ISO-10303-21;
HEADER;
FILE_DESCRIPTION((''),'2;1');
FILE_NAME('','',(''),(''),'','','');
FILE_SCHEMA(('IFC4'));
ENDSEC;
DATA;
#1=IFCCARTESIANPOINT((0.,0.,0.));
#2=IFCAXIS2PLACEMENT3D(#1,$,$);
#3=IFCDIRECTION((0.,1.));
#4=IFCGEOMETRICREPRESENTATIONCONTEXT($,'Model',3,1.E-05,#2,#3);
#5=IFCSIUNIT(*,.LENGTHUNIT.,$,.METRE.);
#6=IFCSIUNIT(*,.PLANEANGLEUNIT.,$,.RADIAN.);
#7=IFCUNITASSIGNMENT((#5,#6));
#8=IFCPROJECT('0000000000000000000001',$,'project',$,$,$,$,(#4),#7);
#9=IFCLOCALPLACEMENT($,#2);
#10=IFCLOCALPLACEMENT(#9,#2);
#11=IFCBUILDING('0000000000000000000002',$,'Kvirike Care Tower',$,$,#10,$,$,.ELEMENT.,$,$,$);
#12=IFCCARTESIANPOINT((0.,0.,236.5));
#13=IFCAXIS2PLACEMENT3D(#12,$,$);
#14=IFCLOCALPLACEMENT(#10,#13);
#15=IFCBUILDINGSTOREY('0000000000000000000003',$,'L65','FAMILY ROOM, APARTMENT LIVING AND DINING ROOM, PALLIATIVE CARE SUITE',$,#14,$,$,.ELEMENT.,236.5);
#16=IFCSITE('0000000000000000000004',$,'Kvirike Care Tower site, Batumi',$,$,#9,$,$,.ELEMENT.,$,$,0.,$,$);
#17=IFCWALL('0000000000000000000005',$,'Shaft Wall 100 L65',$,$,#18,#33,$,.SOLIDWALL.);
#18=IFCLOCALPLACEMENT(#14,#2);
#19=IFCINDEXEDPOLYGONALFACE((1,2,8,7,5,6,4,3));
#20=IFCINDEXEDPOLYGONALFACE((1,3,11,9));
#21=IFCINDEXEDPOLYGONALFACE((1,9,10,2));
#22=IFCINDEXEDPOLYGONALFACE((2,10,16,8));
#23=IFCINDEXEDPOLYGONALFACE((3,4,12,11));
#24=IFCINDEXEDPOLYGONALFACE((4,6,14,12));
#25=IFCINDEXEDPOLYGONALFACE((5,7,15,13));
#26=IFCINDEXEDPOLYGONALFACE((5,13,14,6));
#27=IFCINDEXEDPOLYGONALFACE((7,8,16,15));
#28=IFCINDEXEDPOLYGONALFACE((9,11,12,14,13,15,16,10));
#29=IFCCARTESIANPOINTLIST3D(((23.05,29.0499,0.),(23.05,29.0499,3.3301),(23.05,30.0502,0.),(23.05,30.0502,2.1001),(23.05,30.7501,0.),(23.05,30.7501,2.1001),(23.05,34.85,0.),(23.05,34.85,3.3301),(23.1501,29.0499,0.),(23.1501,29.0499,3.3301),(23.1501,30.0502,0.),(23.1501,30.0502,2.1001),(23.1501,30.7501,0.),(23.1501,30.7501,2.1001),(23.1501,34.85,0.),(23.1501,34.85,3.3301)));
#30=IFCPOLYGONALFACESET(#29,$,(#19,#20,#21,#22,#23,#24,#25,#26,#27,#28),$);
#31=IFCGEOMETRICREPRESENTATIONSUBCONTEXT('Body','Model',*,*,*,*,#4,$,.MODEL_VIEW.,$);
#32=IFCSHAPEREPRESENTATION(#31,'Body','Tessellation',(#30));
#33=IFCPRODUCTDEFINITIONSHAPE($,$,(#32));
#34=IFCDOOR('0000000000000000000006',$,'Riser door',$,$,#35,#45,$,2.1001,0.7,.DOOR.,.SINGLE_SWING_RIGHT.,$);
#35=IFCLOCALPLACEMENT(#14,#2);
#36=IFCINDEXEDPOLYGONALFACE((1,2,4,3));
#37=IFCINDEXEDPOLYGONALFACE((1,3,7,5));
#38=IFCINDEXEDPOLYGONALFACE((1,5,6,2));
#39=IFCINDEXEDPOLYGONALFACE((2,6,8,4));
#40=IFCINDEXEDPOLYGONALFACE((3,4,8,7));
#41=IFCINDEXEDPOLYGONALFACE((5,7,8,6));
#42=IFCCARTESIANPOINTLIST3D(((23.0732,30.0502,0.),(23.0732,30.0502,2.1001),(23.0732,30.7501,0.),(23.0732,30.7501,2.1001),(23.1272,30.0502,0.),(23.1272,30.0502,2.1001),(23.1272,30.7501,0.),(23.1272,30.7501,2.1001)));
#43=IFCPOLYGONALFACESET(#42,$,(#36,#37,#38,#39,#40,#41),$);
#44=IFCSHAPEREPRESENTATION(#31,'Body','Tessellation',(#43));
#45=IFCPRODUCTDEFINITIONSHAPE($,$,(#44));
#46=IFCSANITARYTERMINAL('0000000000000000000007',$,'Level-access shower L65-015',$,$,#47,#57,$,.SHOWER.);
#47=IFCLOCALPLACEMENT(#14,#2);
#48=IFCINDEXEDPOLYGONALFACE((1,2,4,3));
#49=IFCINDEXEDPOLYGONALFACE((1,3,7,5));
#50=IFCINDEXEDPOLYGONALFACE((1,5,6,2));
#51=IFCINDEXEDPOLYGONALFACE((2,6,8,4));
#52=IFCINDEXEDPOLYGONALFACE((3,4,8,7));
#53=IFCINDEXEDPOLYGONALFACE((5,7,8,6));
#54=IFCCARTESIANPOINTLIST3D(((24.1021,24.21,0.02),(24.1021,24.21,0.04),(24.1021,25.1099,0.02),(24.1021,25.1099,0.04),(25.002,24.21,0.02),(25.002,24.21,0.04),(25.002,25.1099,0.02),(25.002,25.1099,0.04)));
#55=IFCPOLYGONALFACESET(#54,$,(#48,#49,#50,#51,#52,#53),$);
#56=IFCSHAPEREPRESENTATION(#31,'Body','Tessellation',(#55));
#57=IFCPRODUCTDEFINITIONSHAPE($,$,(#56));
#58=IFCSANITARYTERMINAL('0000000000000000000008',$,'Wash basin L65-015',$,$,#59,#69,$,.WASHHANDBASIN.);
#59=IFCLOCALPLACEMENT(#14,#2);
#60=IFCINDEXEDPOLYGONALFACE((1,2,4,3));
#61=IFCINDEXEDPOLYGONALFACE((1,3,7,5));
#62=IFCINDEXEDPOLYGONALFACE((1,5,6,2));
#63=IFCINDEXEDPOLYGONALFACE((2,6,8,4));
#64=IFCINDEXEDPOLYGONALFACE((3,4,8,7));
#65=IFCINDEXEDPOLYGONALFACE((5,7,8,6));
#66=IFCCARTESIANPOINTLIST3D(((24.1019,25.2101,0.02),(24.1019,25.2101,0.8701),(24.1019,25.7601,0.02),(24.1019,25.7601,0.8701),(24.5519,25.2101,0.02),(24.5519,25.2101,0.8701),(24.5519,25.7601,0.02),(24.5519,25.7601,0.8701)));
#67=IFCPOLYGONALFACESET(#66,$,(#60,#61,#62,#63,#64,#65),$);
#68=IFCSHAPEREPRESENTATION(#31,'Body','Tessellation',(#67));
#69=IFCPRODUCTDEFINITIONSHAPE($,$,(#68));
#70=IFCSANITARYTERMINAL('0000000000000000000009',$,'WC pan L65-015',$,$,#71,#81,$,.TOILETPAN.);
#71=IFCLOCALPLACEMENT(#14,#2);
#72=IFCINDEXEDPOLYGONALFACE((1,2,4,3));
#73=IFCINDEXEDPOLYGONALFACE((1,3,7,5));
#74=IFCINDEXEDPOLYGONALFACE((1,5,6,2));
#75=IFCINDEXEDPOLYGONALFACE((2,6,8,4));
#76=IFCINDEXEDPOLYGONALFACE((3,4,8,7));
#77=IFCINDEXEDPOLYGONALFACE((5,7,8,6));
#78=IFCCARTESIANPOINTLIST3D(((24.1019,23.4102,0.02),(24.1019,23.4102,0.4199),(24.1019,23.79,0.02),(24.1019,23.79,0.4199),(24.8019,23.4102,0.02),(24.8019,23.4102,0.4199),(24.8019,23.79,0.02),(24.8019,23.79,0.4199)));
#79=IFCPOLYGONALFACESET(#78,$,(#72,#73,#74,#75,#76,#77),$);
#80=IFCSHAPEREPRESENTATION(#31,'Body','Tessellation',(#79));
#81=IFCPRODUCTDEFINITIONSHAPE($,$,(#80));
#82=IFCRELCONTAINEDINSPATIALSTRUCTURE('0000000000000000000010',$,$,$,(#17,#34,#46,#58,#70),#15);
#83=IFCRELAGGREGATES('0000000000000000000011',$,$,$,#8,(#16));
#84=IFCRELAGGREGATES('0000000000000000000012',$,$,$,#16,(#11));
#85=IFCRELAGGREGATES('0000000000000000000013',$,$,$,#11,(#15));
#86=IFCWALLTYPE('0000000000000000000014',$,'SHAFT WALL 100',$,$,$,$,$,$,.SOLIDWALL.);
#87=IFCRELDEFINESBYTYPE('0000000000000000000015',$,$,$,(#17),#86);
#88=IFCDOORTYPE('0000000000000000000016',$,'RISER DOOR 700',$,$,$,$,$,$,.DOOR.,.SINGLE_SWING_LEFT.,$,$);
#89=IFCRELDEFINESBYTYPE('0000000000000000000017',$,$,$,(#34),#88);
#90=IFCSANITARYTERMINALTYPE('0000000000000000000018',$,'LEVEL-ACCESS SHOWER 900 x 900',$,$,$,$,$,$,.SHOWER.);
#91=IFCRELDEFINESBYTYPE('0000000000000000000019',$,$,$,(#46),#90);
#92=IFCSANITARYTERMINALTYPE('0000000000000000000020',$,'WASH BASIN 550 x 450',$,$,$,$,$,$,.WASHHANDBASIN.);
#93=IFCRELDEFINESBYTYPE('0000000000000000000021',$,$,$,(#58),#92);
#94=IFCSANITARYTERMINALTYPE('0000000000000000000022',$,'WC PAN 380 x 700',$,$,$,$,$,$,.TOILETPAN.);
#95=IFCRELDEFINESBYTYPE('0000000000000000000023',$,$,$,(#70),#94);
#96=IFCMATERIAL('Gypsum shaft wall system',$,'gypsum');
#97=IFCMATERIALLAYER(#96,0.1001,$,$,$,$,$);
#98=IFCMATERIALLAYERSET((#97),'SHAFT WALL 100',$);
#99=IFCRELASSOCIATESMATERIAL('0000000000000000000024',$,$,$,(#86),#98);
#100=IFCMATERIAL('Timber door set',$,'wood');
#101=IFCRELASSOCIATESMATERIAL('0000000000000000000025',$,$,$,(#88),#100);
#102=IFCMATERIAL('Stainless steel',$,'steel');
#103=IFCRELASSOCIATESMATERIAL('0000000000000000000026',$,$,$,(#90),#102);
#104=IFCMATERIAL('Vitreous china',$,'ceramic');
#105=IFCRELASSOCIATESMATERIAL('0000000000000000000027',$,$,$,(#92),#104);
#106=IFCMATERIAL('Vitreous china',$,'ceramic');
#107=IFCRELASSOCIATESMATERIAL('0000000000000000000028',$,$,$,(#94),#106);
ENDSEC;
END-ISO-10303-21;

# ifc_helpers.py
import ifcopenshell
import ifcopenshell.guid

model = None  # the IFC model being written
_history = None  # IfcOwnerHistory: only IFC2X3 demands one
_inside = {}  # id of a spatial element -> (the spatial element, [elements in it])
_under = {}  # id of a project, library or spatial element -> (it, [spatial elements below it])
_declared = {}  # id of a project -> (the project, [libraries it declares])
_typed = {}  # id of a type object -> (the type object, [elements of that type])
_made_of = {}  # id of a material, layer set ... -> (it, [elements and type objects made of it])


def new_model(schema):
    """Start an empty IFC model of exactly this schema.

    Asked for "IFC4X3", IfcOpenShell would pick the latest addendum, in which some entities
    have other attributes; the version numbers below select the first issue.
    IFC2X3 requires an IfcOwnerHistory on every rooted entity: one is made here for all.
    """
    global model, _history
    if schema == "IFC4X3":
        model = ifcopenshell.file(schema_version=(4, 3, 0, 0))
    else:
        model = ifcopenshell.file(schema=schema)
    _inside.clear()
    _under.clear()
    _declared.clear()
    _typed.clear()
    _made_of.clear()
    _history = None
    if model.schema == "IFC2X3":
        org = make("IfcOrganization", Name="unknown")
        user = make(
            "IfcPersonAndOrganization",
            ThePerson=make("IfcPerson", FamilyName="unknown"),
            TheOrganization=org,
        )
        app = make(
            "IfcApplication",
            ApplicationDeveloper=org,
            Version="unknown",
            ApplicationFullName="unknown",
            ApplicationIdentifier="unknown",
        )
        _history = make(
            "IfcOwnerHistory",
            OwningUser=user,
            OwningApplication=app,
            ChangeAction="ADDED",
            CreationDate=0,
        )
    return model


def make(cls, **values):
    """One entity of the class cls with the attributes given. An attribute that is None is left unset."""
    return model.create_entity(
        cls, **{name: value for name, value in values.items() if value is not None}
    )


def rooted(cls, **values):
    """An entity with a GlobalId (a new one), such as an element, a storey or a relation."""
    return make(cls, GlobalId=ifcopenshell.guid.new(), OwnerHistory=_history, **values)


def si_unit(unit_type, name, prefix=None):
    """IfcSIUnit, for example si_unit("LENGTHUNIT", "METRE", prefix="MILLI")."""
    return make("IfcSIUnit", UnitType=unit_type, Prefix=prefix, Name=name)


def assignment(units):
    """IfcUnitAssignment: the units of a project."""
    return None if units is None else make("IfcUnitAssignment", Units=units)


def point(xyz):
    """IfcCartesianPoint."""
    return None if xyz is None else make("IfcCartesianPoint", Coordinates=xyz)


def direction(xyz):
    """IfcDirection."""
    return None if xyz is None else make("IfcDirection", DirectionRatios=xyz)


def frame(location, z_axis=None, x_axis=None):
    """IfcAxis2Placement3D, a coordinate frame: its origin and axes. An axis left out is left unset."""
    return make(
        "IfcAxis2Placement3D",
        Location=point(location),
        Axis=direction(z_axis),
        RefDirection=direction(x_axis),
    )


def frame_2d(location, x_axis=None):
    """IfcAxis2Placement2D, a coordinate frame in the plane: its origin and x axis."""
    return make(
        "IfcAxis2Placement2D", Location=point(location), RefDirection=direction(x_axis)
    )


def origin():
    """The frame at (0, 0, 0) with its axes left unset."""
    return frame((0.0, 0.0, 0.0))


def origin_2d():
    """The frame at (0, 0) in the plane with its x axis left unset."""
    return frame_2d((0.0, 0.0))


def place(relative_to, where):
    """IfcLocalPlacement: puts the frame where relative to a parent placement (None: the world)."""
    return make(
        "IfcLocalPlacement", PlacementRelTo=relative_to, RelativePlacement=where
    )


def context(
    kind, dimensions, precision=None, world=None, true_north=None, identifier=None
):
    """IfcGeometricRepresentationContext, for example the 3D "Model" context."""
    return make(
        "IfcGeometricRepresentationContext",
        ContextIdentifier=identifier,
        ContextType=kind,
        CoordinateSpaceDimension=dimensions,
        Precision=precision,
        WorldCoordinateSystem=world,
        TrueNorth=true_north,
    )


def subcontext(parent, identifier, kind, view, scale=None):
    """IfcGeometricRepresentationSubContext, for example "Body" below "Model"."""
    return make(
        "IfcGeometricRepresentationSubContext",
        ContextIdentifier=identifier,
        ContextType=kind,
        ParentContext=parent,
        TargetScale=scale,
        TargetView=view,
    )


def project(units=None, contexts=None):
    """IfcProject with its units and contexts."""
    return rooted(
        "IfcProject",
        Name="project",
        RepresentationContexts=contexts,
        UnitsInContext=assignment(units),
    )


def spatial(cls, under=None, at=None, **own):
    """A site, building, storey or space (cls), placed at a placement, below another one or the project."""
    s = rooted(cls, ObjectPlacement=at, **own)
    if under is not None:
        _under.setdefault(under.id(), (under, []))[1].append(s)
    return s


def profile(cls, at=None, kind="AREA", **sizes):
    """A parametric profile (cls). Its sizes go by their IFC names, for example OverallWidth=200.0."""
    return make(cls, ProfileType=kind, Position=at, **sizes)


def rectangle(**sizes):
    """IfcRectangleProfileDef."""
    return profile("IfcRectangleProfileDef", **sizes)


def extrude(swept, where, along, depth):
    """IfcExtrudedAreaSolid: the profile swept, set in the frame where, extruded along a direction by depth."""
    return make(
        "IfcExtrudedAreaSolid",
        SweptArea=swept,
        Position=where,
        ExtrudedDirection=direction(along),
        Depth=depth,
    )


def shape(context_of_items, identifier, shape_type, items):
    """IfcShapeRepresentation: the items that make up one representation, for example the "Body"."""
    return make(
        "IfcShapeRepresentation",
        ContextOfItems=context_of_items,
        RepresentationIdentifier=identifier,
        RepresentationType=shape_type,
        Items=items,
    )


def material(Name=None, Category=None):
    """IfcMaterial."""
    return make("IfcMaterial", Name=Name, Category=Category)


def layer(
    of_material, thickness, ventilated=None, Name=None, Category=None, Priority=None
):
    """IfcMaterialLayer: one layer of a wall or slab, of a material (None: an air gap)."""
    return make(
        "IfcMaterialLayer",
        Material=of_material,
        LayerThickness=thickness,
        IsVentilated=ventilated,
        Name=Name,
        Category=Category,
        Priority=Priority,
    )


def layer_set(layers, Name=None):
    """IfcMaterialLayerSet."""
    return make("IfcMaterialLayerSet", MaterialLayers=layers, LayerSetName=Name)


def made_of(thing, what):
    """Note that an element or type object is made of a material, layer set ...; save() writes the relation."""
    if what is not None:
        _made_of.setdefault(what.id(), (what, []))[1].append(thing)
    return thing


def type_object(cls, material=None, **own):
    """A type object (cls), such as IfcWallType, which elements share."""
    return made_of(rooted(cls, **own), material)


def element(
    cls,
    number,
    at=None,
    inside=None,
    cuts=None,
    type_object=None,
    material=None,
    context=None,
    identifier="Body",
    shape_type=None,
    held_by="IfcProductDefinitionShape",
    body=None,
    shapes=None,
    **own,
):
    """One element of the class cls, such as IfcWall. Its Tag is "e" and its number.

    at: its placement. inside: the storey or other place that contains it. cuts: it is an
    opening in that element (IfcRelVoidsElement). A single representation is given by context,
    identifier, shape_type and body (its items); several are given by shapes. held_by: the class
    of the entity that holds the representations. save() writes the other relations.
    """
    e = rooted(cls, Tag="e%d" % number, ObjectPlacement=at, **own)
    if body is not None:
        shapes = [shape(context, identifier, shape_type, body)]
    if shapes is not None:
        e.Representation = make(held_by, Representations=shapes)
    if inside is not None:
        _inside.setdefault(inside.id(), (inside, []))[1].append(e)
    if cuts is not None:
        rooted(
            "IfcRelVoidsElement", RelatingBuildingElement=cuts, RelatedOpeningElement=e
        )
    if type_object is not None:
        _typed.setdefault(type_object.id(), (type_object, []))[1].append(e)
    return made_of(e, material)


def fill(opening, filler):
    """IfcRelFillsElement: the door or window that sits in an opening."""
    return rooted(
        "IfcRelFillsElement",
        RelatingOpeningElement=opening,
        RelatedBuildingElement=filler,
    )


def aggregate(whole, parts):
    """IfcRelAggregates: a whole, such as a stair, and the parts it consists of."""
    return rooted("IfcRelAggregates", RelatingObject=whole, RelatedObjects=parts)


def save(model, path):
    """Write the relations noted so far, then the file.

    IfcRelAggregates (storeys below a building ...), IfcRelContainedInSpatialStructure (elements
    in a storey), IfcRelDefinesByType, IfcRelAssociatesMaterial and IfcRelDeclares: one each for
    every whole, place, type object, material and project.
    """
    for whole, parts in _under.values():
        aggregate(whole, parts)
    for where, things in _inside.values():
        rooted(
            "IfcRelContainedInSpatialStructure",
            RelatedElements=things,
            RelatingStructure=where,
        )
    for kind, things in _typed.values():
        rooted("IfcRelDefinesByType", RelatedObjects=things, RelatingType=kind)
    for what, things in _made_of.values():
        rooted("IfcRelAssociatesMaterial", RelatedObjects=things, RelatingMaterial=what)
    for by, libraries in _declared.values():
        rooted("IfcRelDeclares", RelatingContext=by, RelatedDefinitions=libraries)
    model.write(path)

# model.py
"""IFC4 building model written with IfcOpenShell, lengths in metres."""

from ifc_helpers import new_model, si_unit, direction, frame, frame_2d, origin, origin_2d, place, context, subcontext, project, spatial, rectangle, extrude, material, layer, layer_set, type_object, element, fill, save


model = new_model("IFC4")

# Units and contexts
model_context = context("Model", 3, precision=1e-05, world=origin(), true_north=direction((0.0, 1.0)))
body_context = subcontext(model_context, "Body", "Model", "MODEL_VIEW")
ifc_project = project(units=[si_unit("LENGTHUNIT", "METRE"), si_unit("PLANEANGLEUNIT", "RADIAN")], contexts=[model_context])

# Site, building, storey
site_placement = place(None, origin())
site = spatial("IfcSite", under=ifc_project, at=site_placement, Name="Kvirike Care Tower site, Batumi", CompositionType="ELEMENT", RefElevation=0.0)
building_placement = place(site_placement, origin())
building = spatial("IfcBuilding", under=site, at=building_placement, Name="Kvirike Care Tower", CompositionType="ELEMENT")
storey_placement = place(building_placement, frame((0.0, 0.0, 236.5)))
storey = spatial("IfcBuildingStorey", under=building, at=storey_placement, Name="L65", Description="FAMILY ROOM, APARTMENT LIVING AND DINING ROOM, PALLIATIVE CARE SUITE", CompositionType="ELEMENT", Elevation=236.5)

# Shared definitions
ifc_material_1 = material(Name="Gypsum shaft wall system", Category="gypsum")
ifc_layer_1 = layer(ifc_material_1, 0.1001)
ifc_layer_set_1 = layer_set([ifc_layer_1], Name="SHAFT WALL 100")
wall_type_1 = type_object("IfcWallType", Name="SHAFT WALL 100", PredefinedType="SOLIDWALL", material=ifc_layer_set_1)

# Wall, opening, door
wall_1_placement = place(storey_placement, frame((23.1001, 29.05, 0.0), z_axis=(0.0, 0.0, 1.0), x_axis=(0.0, 1.0, 0.0)))
wall_1 = element("IfcWall", 1, at=wall_1_placement, inside=storey, type_object=wall_type_1, Name="Shaft Wall 100 L65", PredefinedType="SOLIDWALL", context=body_context, shape_type="SweptSolid", body=[
    extrude(rectangle(XDim=5.8, YDim=0.1001, at=frame_2d((2.8999, 0.0))), origin(), (0.0, 0.0, 1.0), 3.3301),
])
opening_1_placement = place(wall_1_placement, frame((1.0, 0.0, 0.0)))
opening_1 = element("IfcOpeningElement", 2, at=opening_1_placement, cuts=wall_1, PredefinedType="OPENING", context=body_context, shape_type="SweptSolid", body=[
    extrude(rectangle(XDim=0.7, YDim=2.1001, at=frame_2d((0.3501, 1.05))), frame((0.0, 0.0605, 0.0), z_axis=(0.0, -1.0, 0.0), x_axis=(1.0, 0.0, 0.0)), (0.0, 0.0, 1.0), 0.1211),
])
ifc_material_2 = material(Name="Timber door set", Category="wood")
door_type_1 = type_object("IfcDoorType", Name="RISER DOOR 700", OperationType="SINGLE_SWING_LEFT", PredefinedType="DOOR", material=ifc_material_2)
door_1_placement = place(opening_1_placement, origin())
door_1 = element("IfcDoor", 3, at=door_1_placement, inside=storey, type_object=door_type_1, Name="Riser door", OperationType="SINGLE_SWING_RIGHT", OverallHeight=2.1001, OverallWidth=0.7, PredefinedType="DOOR", context=body_context, shape_type="SweptSolid", body=[
    extrude(rectangle(XDim=0.7, YDim=2.1001, at=frame_2d((0.3501, 1.05))), frame((0.0, 0.0269, 0.0), z_axis=(0.0, -1.0, 0.0), x_axis=(1.0, 0.0, 0.0)), (0.0, 0.0, 1.0), 0.054),
])
fill(opening_1, door_1)

# Sanitary terminals
ifc_material_3 = material(Name="Stainless steel", Category="steel")
sanitary_terminal_type_1 = type_object("IfcSanitaryTerminalType", Name="LEVEL-ACCESS SHOWER 900 x 900", PredefinedType="SHOWER", material=ifc_material_3)
sanitary_terminal_1_placement = place(storey_placement, frame((24.552, 24.6599, 0.02), z_axis=(0.0, 0.0, 1.0), x_axis=(0.0, 1.0, 0.0)))
element("IfcSanitaryTerminal", 4, at=sanitary_terminal_1_placement, inside=storey, type_object=sanitary_terminal_type_1, Name="Level-access shower L65-015", PredefinedType="SHOWER", context=body_context, shape_type="SweptSolid", body=[
    extrude(rectangle(XDim=0.8999, YDim=0.8999, at=origin_2d()), origin(), (0.0, 0.0, 1.0), 0.02),
])
ifc_material_4 = material(Name="Vitreous china", Category="ceramic")
sanitary_terminal_type_2 = type_object("IfcSanitaryTerminalType", Name="WASH BASIN 550 x 450", PredefinedType="WASHHANDBASIN", material=ifc_material_4)
sanitary_terminal_2_placement = place(storey_placement, frame((24.3269, 25.4851, 0.02), z_axis=(0.0, 0.0, 1.0), x_axis=(0.0, 1.0, 0.0)))
element("IfcSanitaryTerminal", 5, at=sanitary_terminal_2_placement, inside=storey, type_object=sanitary_terminal_type_2, Name="Wash basin L65-015", PredefinedType="WASHHANDBASIN", context=body_context, shape_type="SweptSolid", body=[
    extrude(rectangle(XDim=0.55, YDim=0.45, at=origin_2d()), origin(), (0.0, 0.0, 1.0), 0.8501),
])
ifc_material_5 = material(Name="Vitreous china", Category="ceramic")
sanitary_terminal_type_3 = type_object("IfcSanitaryTerminalType", Name="WC PAN 380 x 700", PredefinedType="TOILETPAN", material=ifc_material_5)
sanitary_terminal_3_placement = place(storey_placement, frame((24.4519, 23.6001, 0.02), z_axis=(0.0, 0.0, 1.0), x_axis=(0.0, 1.0, 0.0)))
element("IfcSanitaryTerminal", 6, at=sanitary_terminal_3_placement, inside=storey, type_object=sanitary_terminal_type_3, Name="WC pan L65-015", PredefinedType="TOILETPAN", context=body_context, shape_type="SweptSolid", body=[
    extrude(rectangle(XDim=0.3799, YDim=0.7, at=origin_2d()), origin(), (0.0, 0.0, 1.0), 0.3999),
])

save(model, "model.ifc")
